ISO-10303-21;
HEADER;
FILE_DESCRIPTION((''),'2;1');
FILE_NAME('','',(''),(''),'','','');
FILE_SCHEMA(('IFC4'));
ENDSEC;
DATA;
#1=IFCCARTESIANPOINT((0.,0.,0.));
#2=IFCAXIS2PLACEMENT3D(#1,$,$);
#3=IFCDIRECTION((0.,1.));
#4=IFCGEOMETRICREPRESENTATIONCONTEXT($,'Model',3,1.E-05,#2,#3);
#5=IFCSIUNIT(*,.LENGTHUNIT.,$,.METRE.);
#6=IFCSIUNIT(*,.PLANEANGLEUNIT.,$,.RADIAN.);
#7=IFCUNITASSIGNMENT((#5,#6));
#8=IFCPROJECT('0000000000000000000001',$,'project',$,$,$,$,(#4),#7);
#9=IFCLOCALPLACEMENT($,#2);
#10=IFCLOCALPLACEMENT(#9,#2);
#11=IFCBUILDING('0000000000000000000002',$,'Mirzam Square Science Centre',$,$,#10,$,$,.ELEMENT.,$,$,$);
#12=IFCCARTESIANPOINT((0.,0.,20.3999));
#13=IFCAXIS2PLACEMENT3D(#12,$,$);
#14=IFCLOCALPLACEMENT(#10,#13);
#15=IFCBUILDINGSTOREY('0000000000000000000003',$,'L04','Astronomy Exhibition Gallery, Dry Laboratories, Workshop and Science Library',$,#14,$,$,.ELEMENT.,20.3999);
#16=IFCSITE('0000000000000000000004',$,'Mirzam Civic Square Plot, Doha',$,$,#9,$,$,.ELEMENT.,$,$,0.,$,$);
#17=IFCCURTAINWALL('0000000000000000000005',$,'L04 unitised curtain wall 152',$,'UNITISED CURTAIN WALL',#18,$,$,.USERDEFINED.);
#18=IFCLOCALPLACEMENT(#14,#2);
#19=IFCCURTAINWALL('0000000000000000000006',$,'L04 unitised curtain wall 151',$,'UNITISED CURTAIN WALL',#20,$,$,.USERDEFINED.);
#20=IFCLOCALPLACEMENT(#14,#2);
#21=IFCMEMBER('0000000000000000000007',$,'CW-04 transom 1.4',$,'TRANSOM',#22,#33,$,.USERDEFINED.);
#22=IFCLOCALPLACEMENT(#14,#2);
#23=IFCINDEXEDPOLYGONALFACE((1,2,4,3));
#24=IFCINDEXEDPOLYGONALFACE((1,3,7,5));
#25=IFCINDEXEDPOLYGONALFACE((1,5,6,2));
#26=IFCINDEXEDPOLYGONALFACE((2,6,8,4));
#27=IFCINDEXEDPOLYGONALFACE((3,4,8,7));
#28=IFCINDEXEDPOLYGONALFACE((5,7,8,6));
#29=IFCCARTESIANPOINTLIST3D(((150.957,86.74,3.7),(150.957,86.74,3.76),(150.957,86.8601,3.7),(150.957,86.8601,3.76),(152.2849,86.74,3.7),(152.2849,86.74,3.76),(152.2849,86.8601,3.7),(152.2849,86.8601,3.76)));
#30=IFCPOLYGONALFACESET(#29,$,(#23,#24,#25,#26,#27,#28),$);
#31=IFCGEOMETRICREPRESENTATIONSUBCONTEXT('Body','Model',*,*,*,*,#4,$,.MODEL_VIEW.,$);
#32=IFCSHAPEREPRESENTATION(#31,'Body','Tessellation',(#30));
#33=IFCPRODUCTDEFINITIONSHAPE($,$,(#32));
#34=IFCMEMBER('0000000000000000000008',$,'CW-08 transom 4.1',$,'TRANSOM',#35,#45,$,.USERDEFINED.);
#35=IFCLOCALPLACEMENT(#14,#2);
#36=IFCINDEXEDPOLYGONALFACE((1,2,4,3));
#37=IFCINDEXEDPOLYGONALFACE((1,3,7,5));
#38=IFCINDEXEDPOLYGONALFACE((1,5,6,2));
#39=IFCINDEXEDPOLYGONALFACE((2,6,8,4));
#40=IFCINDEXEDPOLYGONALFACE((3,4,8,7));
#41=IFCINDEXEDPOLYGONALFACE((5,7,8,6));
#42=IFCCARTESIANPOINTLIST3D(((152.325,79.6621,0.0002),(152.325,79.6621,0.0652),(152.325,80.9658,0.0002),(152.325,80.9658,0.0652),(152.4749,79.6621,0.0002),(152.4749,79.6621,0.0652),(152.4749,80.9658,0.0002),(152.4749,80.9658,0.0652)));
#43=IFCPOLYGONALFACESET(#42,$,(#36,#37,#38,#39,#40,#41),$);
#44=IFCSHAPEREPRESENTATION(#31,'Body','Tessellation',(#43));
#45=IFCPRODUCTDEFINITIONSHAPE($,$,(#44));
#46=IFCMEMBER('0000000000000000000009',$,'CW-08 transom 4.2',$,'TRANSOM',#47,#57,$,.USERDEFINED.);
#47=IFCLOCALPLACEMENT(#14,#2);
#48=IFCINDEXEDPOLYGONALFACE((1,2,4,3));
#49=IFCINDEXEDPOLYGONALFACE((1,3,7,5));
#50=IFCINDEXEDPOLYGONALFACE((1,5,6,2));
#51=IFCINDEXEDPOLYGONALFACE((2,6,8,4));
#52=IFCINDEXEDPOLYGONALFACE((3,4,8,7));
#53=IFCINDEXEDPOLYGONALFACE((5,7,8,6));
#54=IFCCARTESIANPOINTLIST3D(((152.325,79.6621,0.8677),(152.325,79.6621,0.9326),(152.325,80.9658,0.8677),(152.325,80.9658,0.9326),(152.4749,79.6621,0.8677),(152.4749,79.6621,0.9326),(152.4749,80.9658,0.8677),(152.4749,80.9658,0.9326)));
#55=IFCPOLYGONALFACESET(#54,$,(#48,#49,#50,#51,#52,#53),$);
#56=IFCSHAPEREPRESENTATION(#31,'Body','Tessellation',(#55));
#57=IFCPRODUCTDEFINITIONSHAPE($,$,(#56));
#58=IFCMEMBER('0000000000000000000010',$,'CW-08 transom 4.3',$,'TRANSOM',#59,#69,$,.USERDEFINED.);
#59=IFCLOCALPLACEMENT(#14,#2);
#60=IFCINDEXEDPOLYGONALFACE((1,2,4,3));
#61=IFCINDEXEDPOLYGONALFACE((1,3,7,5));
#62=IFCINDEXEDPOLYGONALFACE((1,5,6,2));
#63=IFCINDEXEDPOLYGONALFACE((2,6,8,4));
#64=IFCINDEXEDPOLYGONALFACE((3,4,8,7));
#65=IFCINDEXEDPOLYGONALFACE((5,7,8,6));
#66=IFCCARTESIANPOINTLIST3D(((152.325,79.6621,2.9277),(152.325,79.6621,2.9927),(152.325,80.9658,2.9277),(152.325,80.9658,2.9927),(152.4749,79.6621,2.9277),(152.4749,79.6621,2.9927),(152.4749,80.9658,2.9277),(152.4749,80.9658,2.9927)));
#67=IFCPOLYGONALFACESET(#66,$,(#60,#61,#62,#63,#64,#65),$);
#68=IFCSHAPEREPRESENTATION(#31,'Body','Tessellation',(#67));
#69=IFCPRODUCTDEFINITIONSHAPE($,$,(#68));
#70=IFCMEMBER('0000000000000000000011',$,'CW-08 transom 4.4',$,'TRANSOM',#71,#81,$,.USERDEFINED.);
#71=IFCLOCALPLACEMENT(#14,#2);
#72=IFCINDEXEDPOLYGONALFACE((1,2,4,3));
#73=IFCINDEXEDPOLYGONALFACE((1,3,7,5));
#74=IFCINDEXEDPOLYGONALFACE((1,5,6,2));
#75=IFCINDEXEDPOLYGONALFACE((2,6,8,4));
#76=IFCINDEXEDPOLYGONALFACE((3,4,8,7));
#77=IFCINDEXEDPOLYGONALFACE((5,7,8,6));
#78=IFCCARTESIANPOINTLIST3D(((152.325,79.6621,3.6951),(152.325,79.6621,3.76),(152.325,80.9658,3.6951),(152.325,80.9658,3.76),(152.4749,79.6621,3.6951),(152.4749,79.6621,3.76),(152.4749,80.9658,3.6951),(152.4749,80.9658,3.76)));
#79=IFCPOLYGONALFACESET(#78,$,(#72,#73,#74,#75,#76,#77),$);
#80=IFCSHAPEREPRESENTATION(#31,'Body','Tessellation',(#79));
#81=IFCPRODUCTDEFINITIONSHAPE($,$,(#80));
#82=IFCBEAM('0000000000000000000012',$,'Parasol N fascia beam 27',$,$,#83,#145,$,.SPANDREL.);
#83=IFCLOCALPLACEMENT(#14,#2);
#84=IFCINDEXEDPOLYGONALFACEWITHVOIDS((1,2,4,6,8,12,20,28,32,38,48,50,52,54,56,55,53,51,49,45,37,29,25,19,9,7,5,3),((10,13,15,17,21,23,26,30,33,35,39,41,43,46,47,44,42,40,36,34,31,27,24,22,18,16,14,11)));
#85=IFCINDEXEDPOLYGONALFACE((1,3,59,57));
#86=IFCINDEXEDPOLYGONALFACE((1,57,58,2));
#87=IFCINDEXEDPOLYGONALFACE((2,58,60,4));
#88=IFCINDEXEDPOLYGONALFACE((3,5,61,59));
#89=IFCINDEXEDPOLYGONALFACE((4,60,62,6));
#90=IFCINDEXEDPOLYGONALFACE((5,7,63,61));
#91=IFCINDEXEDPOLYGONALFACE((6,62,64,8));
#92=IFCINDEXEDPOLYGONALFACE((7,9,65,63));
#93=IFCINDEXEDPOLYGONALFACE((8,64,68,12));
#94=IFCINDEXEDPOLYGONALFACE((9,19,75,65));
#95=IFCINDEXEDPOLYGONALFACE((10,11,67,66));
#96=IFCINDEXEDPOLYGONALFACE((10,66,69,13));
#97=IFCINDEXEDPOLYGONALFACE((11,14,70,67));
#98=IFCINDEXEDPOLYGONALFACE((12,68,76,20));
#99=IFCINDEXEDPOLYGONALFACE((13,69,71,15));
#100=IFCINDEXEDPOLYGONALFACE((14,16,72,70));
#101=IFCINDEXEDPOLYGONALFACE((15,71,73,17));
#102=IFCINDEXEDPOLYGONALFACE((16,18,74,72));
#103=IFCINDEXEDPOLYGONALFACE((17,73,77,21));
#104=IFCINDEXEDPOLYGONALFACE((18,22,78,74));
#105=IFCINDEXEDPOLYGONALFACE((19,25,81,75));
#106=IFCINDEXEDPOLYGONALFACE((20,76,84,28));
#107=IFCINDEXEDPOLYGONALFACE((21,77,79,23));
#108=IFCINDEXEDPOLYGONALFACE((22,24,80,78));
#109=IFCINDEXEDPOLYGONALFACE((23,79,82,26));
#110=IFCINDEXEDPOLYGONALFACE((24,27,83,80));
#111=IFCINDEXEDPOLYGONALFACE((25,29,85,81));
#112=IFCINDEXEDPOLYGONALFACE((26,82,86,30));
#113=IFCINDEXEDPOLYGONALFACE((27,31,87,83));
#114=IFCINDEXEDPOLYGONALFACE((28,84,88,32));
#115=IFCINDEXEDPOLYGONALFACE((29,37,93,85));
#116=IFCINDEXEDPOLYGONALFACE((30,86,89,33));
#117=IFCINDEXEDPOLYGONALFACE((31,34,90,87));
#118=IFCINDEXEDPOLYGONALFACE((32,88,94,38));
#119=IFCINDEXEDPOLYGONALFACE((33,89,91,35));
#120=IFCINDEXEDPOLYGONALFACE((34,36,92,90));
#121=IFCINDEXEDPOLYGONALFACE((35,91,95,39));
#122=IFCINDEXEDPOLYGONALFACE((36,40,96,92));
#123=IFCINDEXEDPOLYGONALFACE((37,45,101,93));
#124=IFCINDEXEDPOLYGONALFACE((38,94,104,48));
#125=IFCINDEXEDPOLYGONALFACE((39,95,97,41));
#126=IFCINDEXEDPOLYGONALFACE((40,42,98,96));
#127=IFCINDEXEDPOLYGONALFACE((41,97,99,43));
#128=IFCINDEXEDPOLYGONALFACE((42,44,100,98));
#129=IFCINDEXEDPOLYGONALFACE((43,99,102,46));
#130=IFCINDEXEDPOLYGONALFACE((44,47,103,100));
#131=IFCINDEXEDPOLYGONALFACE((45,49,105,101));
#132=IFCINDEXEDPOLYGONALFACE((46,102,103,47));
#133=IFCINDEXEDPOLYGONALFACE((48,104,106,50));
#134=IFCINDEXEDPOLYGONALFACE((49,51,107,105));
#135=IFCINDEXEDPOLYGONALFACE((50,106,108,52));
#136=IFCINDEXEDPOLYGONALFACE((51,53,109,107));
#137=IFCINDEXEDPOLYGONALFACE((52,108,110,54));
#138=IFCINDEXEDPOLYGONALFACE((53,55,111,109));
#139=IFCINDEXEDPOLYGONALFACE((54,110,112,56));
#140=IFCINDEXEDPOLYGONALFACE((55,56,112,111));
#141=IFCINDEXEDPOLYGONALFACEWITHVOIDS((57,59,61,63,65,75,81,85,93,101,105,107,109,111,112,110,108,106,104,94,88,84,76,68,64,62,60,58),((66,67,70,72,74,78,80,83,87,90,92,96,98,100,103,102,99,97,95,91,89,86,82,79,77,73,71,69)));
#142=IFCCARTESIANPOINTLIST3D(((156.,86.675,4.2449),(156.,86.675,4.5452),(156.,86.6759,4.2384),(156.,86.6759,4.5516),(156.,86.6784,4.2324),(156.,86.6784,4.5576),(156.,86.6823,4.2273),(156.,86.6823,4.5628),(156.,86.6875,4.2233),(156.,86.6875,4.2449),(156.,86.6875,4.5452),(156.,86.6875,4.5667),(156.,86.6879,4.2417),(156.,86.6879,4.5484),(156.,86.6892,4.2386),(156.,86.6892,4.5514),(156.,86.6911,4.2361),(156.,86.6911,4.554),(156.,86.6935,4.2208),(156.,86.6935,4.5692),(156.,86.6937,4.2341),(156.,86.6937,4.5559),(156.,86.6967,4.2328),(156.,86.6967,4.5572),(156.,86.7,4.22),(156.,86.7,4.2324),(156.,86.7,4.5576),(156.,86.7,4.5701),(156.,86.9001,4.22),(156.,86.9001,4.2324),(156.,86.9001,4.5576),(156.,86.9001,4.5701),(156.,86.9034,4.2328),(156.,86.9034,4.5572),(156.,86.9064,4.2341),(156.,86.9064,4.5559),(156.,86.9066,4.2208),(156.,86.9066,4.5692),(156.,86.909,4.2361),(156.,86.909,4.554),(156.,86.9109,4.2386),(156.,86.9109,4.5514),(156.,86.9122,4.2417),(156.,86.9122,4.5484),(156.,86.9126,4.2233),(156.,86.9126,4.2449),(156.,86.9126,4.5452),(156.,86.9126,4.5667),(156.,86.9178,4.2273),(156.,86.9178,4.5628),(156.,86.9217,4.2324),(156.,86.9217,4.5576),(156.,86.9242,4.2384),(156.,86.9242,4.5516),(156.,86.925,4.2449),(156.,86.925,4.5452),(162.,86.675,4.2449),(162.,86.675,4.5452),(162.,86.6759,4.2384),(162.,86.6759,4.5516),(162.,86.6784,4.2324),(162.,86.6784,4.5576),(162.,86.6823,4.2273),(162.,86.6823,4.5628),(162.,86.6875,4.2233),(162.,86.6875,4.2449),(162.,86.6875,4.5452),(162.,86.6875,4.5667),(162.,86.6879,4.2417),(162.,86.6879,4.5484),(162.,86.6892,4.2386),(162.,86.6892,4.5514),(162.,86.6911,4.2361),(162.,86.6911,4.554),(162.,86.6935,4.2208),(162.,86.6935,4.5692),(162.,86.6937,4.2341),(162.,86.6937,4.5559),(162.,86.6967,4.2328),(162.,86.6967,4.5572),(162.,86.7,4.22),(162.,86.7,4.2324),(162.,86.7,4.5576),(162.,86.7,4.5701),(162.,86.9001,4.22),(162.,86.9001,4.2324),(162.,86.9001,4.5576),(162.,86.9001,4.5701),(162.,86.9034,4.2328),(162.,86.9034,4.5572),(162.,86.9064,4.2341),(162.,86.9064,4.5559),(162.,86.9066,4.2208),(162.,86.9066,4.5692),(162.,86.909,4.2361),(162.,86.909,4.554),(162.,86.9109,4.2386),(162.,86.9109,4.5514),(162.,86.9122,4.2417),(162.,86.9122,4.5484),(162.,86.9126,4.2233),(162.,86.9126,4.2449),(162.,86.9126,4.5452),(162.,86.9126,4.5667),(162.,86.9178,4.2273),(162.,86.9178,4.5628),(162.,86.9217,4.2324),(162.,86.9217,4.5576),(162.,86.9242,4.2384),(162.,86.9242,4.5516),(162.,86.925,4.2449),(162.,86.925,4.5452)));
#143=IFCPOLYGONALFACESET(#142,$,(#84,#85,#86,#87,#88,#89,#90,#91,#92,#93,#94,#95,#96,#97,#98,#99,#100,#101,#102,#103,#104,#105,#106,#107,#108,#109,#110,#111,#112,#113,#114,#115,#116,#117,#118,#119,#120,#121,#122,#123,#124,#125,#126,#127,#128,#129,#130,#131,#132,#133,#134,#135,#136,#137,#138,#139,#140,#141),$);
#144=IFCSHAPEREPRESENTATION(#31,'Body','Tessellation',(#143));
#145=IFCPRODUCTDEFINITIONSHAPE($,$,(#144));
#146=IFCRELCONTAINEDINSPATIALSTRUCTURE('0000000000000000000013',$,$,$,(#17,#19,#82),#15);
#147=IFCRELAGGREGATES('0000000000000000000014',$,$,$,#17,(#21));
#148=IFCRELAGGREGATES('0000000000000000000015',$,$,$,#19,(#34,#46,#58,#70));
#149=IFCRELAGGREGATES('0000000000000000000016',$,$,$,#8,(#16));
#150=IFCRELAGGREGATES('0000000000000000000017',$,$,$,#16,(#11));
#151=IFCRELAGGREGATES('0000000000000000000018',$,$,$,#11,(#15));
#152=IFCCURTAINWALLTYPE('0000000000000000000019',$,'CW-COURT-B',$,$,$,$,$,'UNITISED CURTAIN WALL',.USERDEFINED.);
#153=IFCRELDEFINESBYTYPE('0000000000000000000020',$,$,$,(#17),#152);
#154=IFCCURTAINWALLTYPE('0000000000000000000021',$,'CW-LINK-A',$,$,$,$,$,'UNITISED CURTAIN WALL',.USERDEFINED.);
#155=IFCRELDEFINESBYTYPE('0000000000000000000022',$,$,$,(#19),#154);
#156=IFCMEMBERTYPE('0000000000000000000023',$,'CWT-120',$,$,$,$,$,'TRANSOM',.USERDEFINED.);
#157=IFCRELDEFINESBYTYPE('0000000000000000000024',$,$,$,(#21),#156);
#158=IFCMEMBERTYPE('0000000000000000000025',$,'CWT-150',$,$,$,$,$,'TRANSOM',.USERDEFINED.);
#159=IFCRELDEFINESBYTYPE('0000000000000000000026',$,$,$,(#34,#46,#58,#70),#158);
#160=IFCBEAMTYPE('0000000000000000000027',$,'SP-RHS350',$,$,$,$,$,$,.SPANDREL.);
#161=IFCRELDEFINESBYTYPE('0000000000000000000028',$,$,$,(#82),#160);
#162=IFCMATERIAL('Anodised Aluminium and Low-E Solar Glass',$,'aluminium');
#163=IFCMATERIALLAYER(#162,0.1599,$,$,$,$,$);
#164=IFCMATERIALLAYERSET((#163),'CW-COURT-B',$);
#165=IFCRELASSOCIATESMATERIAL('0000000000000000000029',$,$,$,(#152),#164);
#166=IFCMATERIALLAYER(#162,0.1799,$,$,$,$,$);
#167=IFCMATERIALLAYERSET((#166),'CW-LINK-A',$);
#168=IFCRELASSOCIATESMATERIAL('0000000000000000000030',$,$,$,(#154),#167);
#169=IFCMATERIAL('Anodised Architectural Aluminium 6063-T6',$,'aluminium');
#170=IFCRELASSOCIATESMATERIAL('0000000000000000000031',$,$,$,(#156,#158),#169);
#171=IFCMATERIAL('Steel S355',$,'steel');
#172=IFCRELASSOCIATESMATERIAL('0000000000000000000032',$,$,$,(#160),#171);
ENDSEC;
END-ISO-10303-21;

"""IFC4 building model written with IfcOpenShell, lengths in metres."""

from ifc_helpers import new_model, si_unit, direction, frame, origin, origin_2d, place, context, subcontext, project, spatial, rectangle, hollow_rectangle, extrude, material, layer, layer_set, material_profile, profile_set, type_object, element, aggregate, save


model = new_model("IFC4")

# Units and contexts
model_context = context("Model", 3, precision=1e-05, world=origin(), true_north=direction((0.0, 1.0)))
body_context = subcontext(model_context, "Body", "Model", "MODEL_VIEW")
ifc_project = project(units=[si_unit("LENGTHUNIT", "METRE"), si_unit("PLANEANGLEUNIT", "RADIAN")], contexts=[model_context])

# Site, building, storey
site_placement = place(None, origin())
site = spatial("IfcSite", under=ifc_project, at=site_placement, Name="Mirzam Civic Square Plot, Doha", CompositionType="ELEMENT", RefElevation=0.0)
building_placement = place(site_placement, origin())
building = spatial("IfcBuilding", under=site, at=building_placement, Name="Mirzam Square Science Centre", CompositionType="ELEMENT")
storey_placement = place(building_placement, frame((0.0, 0.0, 20.3999)))
storey = spatial("IfcBuildingStorey", under=building, at=storey_placement, Name="L04", Description="Astronomy Exhibition Gallery, Dry Laboratories, Workshop and Science Library", CompositionType="ELEMENT", Elevation=20.3999)

# Shared definitions
ifc_material_1 = material(Name="Steel S355", Category="steel")

# Curtain wall
ifc_material_2 = material(Name="Anodised Aluminium and Low-E Solar Glass", Category="aluminium")
ifc_layer_1 = layer(ifc_material_2, 0.1599)
ifc_layer_set_1 = layer_set([ifc_layer_1], Name="CW-COURT-B")
curtain_wall_type_1 = type_object("IfcCurtainWallType", Name="CW-COURT-B", ElementType="UNITISED CURTAIN WALL", PredefinedType="USERDEFINED", material=ifc_layer_set_1)
curtain_wall_1_placement = place(storey_placement, origin())
curtain_wall_1 = element("IfcCurtainWall", 1, at=curtain_wall_1_placement, inside=storey, type_object=curtain_wall_type_1, Name="L04 unitised curtain wall 152", ObjectType="UNITISED CURTAIN WALL", PredefinedType="USERDEFINED")
ifc_material_3 = material(Name="Anodised Architectural Aluminium 6063-T6", Category="aluminium")

# Curtain wall
ifc_layer_2 = layer(ifc_material_2, 0.1799)
ifc_layer_set_2 = layer_set([ifc_layer_2], Name="CW-LINK-A")
curtain_wall_type_2 = type_object("IfcCurtainWallType", Name="CW-LINK-A", ElementType="UNITISED CURTAIN WALL", PredefinedType="USERDEFINED", material=ifc_layer_set_2)
curtain_wall_2_placement = place(storey_placement, origin())
curtain_wall_2 = element("IfcCurtainWall", 2, at=curtain_wall_2_placement, inside=storey, type_object=curtain_wall_type_2, Name="L04 unitised curtain wall 151", ObjectType="UNITISED CURTAIN WALL", PredefinedType="USERDEFINED")

# Members
ifc_material_profile_1 = material_profile(ifc_material_3, rectangle(XDim=0.1201, YDim=0.0601, at=origin_2d()), Name="ALU-TRAN-120x60x4")
ifc_profile_set_1 = profile_set([ifc_material_profile_1], Name="Anodised Architectural Aluminium 6063-T6")
member_type_1 = type_object("IfcMemberType", Name="CWT-120", ElementType="TRANSOM", PredefinedType="USERDEFINED", material=ifc_profile_set_1)
member_1_placement = place(storey_placement, frame((152.2849, 86.8, 3.73), z_axis=(-1.0, 0.0, 0.0), x_axis=(0.0, -1.0, 0.0)))
member_1 = element("IfcMember", 3, at=member_1_placement, type_object=member_type_1, Name="CW-04 transom 1.4", ObjectType="TRANSOM", PredefinedType="USERDEFINED", context=body_context, shape_type="SweptSolid", body=[
    extrude(rectangle(XDim=0.1201, YDim=0.0601, at=origin_2d()), origin(), (0.0, 0.0, 1.0), 1.3279),
])
aggregate(curtain_wall_1, [member_1])
ifc_material_profile_2 = material_profile(ifc_material_3, rectangle(XDim=0.1499, YDim=0.0649, at=origin_2d()), Name="ALU-TRAN-150x65x4")
ifc_profile_set_2 = profile_set([ifc_material_profile_2], Name="Anodised Architectural Aluminium 6063-T6")
member_type_2 = type_object("IfcMemberType", Name="CWT-150", ElementType="TRANSOM", PredefinedType="USERDEFINED", material=ifc_profile_set_2)
member_2_placement = place(storey_placement, frame((152.3999, 79.6621, 0.0327), z_axis=(0.0, 1.0, 0.0), x_axis=(-1.0, 0.0, 0.0)))
member_2 = element("IfcMember", 4, at=member_2_placement, type_object=member_type_2, Name="CW-08 transom 4.1", ObjectType="TRANSOM", PredefinedType="USERDEFINED", context=body_context, shape_type="SweptSolid", body=[
    extrude(rectangle(XDim=0.1499, YDim=0.0649, at=origin_2d()), origin(), (0.0, 0.0, 1.0), 1.3037),
])
member_3_placement = place(storey_placement, frame((152.3999, 79.6621, 0.9001), z_axis=(0.0, 1.0, 0.0), x_axis=(-1.0, 0.0, 0.0)))
member_3 = element("IfcMember", 5, at=member_3_placement, type_object=member_type_2, Name="CW-08 transom 4.2", ObjectType="TRANSOM", PredefinedType="USERDEFINED", context=body_context, shape_type="SweptSolid", body=[
    extrude(rectangle(XDim=0.1499, YDim=0.0649, at=origin_2d()), origin(), (0.0, 0.0, 1.0), 1.3037),
])
member_4_placement = place(storey_placement, frame((152.3999, 79.6621, 2.9602), z_axis=(0.0, 1.0, 0.0), x_axis=(-1.0, 0.0, 0.0)))
member_4 = element("IfcMember", 6, at=member_4_placement, type_object=member_type_2, Name="CW-08 transom 4.3", ObjectType="TRANSOM", PredefinedType="USERDEFINED", context=body_context, shape_type="SweptSolid", body=[
    extrude(rectangle(XDim=0.1499, YDim=0.0649, at=origin_2d()), origin(), (0.0, 0.0, 1.0), 1.3037),
])
member_5_placement = place(storey_placement, frame((152.3999, 79.6621, 3.7275), z_axis=(0.0, 1.0, 0.0), x_axis=(-1.0, 0.0, 0.0)))
member_5 = element("IfcMember", 7, at=member_5_placement, type_object=member_type_2, Name="CW-08 transom 4.4", ObjectType="TRANSOM", PredefinedType="USERDEFINED", context=body_context, shape_type="SweptSolid", body=[
    extrude(rectangle(XDim=0.1499, YDim=0.0649, at=origin_2d()), origin(), (0.0, 0.0, 1.0), 1.3037),
])

# Beam
ifc_material_profile_3 = material_profile(ifc_material_1, hollow_rectangle(XDim=0.25, YDim=0.3501, WallThickness=0.0125, InnerFilletRadius=0.0125, OuterFilletRadius=0.0249, at=origin_2d()), Name="350x250x12.5RHS")
ifc_profile_set_3 = profile_set([ifc_material_profile_3], Name="Steel S355")
beam_type = type_object("IfcBeamType", Name="SP-RHS350", PredefinedType="SPANDREL", material=ifc_profile_set_3)
beam_1_placement = place(storey_placement, frame((156.0, 86.8, 4.395), z_axis=(1.0, 0.0, 0.0), x_axis=(0.0, 1.0, 0.0)))
element("IfcBeam", 8, at=beam_1_placement, inside=storey, type_object=beam_type, Name="Parasol N fascia beam 27", PredefinedType="SPANDREL", context=body_context, shape_type="SweptSolid", body=[
    extrude(hollow_rectangle(XDim=0.25, YDim=0.3501, WallThickness=0.0125, InnerFilletRadius=0.0125, OuterFilletRadius=0.0249, at=origin_2d()), origin(), (0.0, 0.0, 1.0), 6.0),
])

aggregate(curtain_wall_2, [member_2, member_3, member_4, member_5])

save(model, "model.ifc")
